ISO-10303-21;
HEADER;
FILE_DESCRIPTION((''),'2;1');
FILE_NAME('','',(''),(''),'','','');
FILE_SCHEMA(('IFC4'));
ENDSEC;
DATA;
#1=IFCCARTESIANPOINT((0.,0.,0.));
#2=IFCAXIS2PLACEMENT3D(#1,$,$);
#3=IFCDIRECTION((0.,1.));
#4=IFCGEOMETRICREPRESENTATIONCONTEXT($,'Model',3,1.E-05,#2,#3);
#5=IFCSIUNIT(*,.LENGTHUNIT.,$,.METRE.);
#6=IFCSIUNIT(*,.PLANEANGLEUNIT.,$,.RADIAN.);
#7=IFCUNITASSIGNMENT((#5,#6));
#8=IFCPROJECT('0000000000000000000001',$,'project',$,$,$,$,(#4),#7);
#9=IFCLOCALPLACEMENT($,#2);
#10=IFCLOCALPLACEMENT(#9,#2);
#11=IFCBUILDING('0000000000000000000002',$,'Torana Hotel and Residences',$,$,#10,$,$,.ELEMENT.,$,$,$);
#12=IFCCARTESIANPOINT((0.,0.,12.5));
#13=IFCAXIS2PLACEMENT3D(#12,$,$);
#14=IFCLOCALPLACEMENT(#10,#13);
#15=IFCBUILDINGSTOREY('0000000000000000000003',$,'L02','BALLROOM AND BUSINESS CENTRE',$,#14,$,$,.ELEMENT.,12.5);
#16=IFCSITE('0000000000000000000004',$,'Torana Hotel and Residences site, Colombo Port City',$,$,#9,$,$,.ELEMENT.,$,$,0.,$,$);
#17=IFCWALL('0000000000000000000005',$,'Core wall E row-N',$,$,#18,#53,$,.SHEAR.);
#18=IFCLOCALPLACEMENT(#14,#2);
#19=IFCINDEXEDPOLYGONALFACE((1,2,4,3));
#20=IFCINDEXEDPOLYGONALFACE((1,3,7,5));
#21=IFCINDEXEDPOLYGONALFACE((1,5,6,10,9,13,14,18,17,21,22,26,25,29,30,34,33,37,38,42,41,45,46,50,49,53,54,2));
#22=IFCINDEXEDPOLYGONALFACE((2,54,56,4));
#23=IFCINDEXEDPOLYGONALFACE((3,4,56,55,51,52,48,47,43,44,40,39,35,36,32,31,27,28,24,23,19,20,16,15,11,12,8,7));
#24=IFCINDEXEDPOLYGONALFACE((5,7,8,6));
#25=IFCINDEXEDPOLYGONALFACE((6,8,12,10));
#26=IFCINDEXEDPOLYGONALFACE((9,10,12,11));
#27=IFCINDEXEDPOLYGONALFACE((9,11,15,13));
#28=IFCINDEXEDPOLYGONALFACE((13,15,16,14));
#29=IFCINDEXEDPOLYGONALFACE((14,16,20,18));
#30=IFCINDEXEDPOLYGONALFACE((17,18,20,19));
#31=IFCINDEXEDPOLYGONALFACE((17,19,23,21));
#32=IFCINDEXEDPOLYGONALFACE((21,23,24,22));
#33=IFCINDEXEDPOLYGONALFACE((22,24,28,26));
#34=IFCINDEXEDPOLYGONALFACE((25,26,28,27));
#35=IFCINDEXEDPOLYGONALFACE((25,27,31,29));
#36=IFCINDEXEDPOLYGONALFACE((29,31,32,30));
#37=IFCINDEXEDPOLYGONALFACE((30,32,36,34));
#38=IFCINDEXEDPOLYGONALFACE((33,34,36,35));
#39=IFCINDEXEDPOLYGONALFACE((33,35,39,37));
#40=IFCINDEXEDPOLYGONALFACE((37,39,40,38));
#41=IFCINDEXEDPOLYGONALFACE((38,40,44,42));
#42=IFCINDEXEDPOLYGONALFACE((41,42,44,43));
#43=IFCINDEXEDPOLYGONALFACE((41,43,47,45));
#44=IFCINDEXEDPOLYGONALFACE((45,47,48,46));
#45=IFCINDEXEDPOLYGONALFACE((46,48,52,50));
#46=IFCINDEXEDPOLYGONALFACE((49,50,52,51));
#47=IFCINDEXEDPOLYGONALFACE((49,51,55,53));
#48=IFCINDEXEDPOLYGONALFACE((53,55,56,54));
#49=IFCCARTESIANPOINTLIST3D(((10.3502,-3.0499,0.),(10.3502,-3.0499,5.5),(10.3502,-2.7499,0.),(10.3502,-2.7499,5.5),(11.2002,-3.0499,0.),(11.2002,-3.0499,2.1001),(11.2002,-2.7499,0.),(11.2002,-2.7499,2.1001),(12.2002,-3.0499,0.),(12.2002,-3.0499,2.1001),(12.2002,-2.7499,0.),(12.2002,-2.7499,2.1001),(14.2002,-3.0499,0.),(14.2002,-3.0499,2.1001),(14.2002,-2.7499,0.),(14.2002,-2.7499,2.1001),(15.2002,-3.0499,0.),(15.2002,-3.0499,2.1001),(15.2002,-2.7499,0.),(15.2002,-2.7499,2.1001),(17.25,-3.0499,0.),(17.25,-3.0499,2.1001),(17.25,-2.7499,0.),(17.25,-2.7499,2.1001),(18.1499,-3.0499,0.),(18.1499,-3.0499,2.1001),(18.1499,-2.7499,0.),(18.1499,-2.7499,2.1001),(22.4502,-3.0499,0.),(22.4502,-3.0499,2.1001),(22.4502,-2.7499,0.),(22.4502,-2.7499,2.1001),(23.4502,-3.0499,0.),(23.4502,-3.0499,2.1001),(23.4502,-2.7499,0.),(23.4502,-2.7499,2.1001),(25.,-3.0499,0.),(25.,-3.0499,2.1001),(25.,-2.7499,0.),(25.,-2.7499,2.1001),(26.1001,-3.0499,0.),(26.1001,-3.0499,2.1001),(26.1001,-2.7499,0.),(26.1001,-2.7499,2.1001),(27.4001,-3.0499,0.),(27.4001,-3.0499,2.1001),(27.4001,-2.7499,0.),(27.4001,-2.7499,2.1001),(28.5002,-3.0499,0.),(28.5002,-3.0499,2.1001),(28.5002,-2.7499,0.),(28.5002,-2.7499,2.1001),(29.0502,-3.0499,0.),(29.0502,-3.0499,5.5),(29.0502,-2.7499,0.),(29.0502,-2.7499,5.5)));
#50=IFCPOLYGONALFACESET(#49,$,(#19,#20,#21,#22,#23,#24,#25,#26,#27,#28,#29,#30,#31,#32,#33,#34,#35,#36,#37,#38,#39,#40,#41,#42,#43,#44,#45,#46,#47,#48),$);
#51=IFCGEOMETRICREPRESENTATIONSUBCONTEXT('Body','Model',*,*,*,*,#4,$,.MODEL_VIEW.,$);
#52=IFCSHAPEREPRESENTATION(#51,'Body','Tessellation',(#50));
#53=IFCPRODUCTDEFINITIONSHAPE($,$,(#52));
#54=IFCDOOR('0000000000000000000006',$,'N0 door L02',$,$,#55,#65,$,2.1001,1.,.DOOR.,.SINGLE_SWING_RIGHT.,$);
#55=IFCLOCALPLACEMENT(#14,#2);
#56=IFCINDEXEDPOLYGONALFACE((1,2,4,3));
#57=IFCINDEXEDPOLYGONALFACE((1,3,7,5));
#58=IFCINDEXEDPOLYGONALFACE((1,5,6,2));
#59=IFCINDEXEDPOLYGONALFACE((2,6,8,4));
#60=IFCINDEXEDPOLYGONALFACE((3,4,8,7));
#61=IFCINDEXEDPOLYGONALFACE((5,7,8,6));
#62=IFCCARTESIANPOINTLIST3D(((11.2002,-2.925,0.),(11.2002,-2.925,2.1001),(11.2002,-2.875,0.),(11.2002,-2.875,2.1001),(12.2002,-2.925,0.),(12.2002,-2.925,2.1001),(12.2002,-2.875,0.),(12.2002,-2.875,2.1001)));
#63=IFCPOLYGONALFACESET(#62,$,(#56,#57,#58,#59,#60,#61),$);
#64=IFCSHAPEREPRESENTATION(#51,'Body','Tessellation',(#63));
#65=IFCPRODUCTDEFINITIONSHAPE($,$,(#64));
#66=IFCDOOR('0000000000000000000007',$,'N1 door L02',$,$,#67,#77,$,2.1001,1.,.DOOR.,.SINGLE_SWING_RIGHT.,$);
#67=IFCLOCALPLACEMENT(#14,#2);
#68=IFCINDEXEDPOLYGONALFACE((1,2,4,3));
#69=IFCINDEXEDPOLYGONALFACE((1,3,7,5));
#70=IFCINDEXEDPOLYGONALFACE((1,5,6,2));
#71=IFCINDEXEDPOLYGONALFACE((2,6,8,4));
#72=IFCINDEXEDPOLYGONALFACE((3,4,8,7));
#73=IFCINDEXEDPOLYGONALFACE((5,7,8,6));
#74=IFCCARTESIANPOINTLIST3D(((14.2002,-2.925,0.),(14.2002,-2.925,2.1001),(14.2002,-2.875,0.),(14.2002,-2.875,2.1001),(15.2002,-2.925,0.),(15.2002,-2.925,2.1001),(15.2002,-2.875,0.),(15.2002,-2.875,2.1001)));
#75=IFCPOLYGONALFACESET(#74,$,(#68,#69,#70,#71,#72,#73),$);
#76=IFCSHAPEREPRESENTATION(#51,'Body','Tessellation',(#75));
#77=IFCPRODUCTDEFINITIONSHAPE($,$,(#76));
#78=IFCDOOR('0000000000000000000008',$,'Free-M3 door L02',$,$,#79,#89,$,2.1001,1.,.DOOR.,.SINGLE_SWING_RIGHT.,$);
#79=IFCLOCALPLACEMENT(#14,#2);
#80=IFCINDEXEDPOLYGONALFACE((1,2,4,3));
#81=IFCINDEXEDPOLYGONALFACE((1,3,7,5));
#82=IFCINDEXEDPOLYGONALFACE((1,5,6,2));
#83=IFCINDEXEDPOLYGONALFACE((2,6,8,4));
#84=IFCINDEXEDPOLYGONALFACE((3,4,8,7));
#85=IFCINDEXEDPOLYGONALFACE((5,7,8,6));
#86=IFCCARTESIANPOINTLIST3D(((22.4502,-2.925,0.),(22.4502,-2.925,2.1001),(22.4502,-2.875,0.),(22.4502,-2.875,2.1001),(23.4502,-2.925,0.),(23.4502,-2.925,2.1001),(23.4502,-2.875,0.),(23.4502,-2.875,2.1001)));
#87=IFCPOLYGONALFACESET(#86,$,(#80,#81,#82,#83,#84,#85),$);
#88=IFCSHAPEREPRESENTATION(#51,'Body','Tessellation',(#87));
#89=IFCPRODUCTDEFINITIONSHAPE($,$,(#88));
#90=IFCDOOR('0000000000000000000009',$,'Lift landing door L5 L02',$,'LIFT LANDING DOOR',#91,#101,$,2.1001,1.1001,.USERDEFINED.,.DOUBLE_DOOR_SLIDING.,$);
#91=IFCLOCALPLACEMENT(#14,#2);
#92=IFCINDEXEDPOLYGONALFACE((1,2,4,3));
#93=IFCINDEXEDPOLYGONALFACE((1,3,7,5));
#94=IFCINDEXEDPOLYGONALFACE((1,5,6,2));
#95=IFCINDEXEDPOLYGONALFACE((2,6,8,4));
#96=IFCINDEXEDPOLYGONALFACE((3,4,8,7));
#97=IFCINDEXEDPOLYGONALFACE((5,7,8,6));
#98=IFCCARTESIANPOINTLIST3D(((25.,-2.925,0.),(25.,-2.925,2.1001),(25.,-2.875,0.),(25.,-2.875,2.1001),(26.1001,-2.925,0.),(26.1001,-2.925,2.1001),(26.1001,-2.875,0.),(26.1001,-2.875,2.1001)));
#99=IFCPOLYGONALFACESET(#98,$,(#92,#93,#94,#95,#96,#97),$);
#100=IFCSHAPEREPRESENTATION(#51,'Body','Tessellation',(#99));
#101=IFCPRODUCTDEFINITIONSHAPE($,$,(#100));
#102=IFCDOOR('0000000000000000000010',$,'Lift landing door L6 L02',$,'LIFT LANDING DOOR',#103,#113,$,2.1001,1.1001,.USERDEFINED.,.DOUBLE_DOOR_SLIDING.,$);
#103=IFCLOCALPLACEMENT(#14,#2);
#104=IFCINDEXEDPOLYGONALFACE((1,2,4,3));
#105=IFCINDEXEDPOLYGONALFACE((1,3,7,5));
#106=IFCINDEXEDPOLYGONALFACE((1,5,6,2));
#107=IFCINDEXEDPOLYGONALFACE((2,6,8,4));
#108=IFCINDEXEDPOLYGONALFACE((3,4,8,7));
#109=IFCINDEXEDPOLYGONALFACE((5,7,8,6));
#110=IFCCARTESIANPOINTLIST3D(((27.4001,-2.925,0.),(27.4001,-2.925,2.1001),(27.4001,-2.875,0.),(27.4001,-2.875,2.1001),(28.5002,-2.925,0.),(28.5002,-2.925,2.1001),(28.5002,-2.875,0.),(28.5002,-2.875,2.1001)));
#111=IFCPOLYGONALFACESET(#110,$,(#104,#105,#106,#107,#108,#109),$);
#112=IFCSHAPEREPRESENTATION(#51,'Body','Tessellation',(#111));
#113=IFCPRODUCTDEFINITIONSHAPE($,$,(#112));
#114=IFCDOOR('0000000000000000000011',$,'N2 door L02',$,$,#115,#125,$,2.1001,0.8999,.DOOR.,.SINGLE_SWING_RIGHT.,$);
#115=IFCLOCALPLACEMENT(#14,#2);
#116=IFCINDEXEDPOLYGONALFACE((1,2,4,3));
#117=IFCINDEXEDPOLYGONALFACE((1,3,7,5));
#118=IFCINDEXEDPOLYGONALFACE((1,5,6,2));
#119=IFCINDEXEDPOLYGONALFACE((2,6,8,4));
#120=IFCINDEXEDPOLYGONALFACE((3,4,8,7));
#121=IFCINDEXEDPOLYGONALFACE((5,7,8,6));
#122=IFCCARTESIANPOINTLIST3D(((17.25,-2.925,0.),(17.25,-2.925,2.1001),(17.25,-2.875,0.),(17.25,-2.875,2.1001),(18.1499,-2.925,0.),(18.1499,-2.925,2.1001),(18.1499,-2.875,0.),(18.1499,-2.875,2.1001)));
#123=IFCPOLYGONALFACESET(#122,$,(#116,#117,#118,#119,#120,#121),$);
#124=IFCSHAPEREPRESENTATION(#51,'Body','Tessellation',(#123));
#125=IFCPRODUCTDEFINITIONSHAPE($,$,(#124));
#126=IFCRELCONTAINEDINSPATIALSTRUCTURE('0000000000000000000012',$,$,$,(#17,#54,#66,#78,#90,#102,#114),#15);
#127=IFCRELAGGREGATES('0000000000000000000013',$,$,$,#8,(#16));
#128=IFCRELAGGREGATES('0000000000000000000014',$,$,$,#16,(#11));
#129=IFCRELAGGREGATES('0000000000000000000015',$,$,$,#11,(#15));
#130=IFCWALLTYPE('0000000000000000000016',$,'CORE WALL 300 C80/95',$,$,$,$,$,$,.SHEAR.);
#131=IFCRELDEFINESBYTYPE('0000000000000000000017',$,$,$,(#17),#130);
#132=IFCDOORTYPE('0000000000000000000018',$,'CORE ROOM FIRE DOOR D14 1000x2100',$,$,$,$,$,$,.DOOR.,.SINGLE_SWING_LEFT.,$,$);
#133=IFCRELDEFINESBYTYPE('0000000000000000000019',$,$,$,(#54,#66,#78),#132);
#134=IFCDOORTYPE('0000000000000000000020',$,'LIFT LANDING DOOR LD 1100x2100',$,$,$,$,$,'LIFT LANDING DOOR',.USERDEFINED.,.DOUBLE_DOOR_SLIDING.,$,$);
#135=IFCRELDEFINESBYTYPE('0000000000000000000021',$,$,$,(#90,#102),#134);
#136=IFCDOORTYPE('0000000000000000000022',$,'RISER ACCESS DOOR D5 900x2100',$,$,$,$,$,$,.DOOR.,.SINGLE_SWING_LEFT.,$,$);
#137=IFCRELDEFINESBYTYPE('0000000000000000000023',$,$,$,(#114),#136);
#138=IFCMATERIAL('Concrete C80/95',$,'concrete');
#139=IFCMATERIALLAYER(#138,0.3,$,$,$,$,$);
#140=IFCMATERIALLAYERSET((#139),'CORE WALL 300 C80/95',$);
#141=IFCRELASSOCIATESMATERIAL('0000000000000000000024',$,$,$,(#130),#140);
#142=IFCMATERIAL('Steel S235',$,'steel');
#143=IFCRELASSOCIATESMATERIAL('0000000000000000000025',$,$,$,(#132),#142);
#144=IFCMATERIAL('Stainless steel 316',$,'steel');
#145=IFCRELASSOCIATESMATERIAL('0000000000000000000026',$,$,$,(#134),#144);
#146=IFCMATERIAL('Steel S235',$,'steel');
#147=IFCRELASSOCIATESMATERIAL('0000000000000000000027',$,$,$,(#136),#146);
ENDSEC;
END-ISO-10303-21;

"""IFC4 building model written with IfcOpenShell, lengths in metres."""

from ifc_helpers import new_model, si_unit, direction, frame, frame_2d, origin, place, context, subcontext, project, spatial, rectangle, extrude, material, layer, layer_set, type_object, element, fill, save


model = new_model("IFC4")

# Units and contexts
model_context = context("Model", 3, precision=1e-05, world=origin(), true_north=direction((0.0, 1.0)))
body_context = subcontext(model_context, "Body", "Model", "MODEL_VIEW")
ifc_project = project(units=[si_unit("LENGTHUNIT", "METRE"), si_unit("PLANEANGLEUNIT", "RADIAN")], contexts=[model_context])

# Site, building, storey
site_placement = place(None, origin())
site = spatial("IfcSite", under=ifc_project, at=site_placement, Name="Torana Hotel and Residences site, Colombo Port City", CompositionType="ELEMENT", RefElevation=0.0)
building_placement = place(site_placement, origin())
building = spatial("IfcBuilding", under=site, at=building_placement, Name="Torana Hotel and Residences", CompositionType="ELEMENT")
storey_placement = place(building_placement, frame((0.0, 0.0, 12.5)))
storey = spatial("IfcBuildingStorey", under=building, at=storey_placement, Name="L02", Description="BALLROOM AND BUSINESS CENTRE", CompositionType="ELEMENT", Elevation=12.5)

# Wall, openings, doors
ifc_material_1 = material(Name="Concrete C80/95", Category="concrete")
ifc_layer_1 = layer(ifc_material_1, 0.3)
ifc_layer_set_1 = layer_set([ifc_layer_1], Name="CORE WALL 300 C80/95")
wall_type_1 = type_object("IfcWallType", Name="CORE WALL 300 C80/95", PredefinedType="SHEAR", material=ifc_layer_set_1)
wall_1_placement = place(storey_placement, frame((10.3501, -2.8999, 0.0), z_axis=(0.0, 0.0, 1.0), x_axis=(1.0, 0.0, 0.0)))
wall_1 = element("IfcWall", 1, at=wall_1_placement, inside=storey, type_object=wall_type_1, Name="Core wall E row-N", PredefinedType="SHEAR", context=body_context, shape_type="SweptSolid", body=[
    extrude(rectangle(XDim=18.7, YDim=0.3, at=frame_2d((9.3501, 0.0))), origin(), (0.0, 0.0, 1.0), 5.5),
])
opening_1_placement = place(wall_1_placement, frame((14.6499, 0.0, 0.0)))
opening_1 = element("IfcOpeningElement", 2, at=opening_1_placement, cuts=wall_1, PredefinedType="OPENING", context=body_context, shape_type="SweptSolid", body=[
    extrude(rectangle(XDim=1.1001, YDim=2.1001, at=frame_2d((0.55, 1.05))), frame((0.0, 0.1599, 0.0), z_axis=(0.0, -1.0, 0.0), x_axis=(1.0, 0.0, 0.0)), (0.0, 0.0, 1.0), 0.3201),
])
opening_2_placement = place(wall_1_placement, frame((17.05, 0.0, 0.0)))
opening_2 = element("IfcOpeningElement", 3, at=opening_2_placement, cuts=wall_1, PredefinedType="OPENING", context=body_context, shape_type="SweptSolid", body=[
    extrude(rectangle(XDim=1.1001, YDim=2.1001, at=frame_2d((0.55, 1.05))), frame((0.0, 0.1599, 0.0), z_axis=(0.0, -1.0, 0.0), x_axis=(1.0, 0.0, 0.0)), (0.0, 0.0, 1.0), 0.3201),
])
opening_3_placement = place(wall_1_placement, frame((6.8999, 0.0, 0.0)))
opening_3 = element("IfcOpeningElement", 4, at=opening_3_placement, cuts=wall_1, PredefinedType="OPENING", context=body_context, shape_type="SweptSolid", body=[
    extrude(rectangle(XDim=0.8999, YDim=2.1001, at=frame_2d((0.45, 1.05))), frame((0.0, 0.1599, 0.0), z_axis=(0.0, -1.0, 0.0), x_axis=(1.0, 0.0, 0.0)), (0.0, 0.0, 1.0), 0.3201),
])
opening_4_placement = place(wall_1_placement, frame((0.8501, 0.0, 0.0)))
opening_4 = element("IfcOpeningElement", 5, at=opening_4_placement, cuts=wall_1, PredefinedType="OPENING", context=body_context, shape_type="SweptSolid", body=[
    extrude(rectangle(XDim=1.0, YDim=2.1001, at=frame_2d((0.5, 1.05))), frame((0.0, 0.1599, 0.0), z_axis=(0.0, -1.0, 0.0), x_axis=(1.0, 0.0, 0.0)), (0.0, 0.0, 1.0), 0.3201),
])
opening_5_placement = place(wall_1_placement, frame((3.8501, 0.0, 0.0)))
opening_5 = element("IfcOpeningElement", 6, at=opening_5_placement, cuts=wall_1, PredefinedType="OPENING", context=body_context, shape_type="SweptSolid", body=[
    extrude(rectangle(XDim=1.0, YDim=2.1001, at=frame_2d((0.5, 1.05))), frame((0.0, 0.1599, 0.0), z_axis=(0.0, -1.0, 0.0), x_axis=(1.0, 0.0, 0.0)), (0.0, 0.0, 1.0), 0.3201),
])
opening_6_placement = place(wall_1_placement, frame((12.1001, 0.0, 0.0)))
opening_6 = element("IfcOpeningElement", 7, at=opening_6_placement, cuts=wall_1, PredefinedType="OPENING", context=body_context, shape_type="SweptSolid", body=[
    extrude(rectangle(XDim=1.0, YDim=2.1001, at=frame_2d((0.5, 1.05))), frame((0.0, 0.1599, 0.0), z_axis=(0.0, -1.0, 0.0), x_axis=(1.0, 0.0, 0.0)), (0.0, 0.0, 1.0), 0.3201),
])
ifc_material_2 = material(Name="Steel S235", Category="steel")
door_type_1 = type_object("IfcDoorType", Name="CORE ROOM FIRE DOOR D14 1000x2100", OperationType="SINGLE_SWING_LEFT", PredefinedType="DOOR", material=ifc_material_2)
door_1_placement = place(opening_4_placement, origin())
door_1 = element("IfcDoor", 8, at=door_1_placement, inside=storey, type_object=door_type_1, Name="N0 door L02", OperationType="SINGLE_SWING_RIGHT", OverallHeight=2.1001, OverallWidth=1.0, PredefinedType="DOOR", context=body_context, shape_type="SweptSolid", body=[
    extrude(rectangle(XDim=1.0, YDim=2.1001, at=frame_2d((0.5, 1.05))), frame((0.0, 0.0249, 0.0), z_axis=(0.0, -1.0, 0.0), x_axis=(1.0, 0.0, 0.0)), (0.0, 0.0, 1.0), 0.05),
])
fill(opening_4, door_1)
door_2_placement = place(opening_5_placement, origin())
door_2 = element("IfcDoor", 9, at=door_2_placement, inside=storey, type_object=door_type_1, Name="N1 door L02", OperationType="SINGLE_SWING_RIGHT", OverallHeight=2.1001, OverallWidth=1.0, PredefinedType="DOOR", context=body_context, shape_type="SweptSolid", body=[
    extrude(rectangle(XDim=1.0, YDim=2.1001, at=frame_2d((0.5, 1.05))), frame((0.0, 0.0249, 0.0), z_axis=(0.0, -1.0, 0.0), x_axis=(1.0, 0.0, 0.0)), (0.0, 0.0, 1.0), 0.05),
])
fill(opening_5, door_2)
door_3_placement = place(opening_6_placement, origin())
door_3 = element("IfcDoor", 10, at=door_3_placement, inside=storey, type_object=door_type_1, Name="Free-M3 door L02", OperationType="SINGLE_SWING_RIGHT", OverallHeight=2.1001, OverallWidth=1.0, PredefinedType="DOOR", context=body_context, shape_type="SweptSolid", body=[
    extrude(rectangle(XDim=1.0, YDim=2.1001, at=frame_2d((0.5, 1.05))), frame((0.0, 0.0249, 0.0), z_axis=(0.0, -1.0, 0.0), x_axis=(1.0, 0.0, 0.0)), (0.0, 0.0, 1.0), 0.05),
])
fill(opening_6, door_3)
ifc_material_3 = material(Name="Stainless steel 316", Category="steel")
door_type_2 = type_object("IfcDoorType", Name="LIFT LANDING DOOR LD 1100x2100", ElementType="LIFT LANDING DOOR", OperationType="DOUBLE_DOOR_SLIDING", PredefinedType="USERDEFINED", material=ifc_material_3)
door_4_placement = place(opening_1_placement, origin())
door_4 = element("IfcDoor", 11, at=door_4_placement, inside=storey, type_object=door_type_2, Name="Lift landing door L5 L02", ObjectType="LIFT LANDING DOOR", OperationType="DOUBLE_DOOR_SLIDING", OverallHeight=2.1001, OverallWidth=1.1001, PredefinedType="USERDEFINED", context=body_context, shape_type="SweptSolid", body=[
    extrude(rectangle(XDim=1.1001, YDim=2.1001, at=frame_2d((0.55, 1.05))), frame((0.0, 0.0249, 0.0), z_axis=(0.0, -1.0, 0.0), x_axis=(1.0, 0.0, 0.0)), (0.0, 0.0, 1.0), 0.05),
])
fill(opening_1, door_4)
door_5_placement = place(opening_2_placement, origin())
door_5 = element("IfcDoor", 12, at=door_5_placement, inside=storey, type_object=door_type_2, Name="Lift landing door L6 L02", ObjectType="LIFT LANDING DOOR", OperationType="DOUBLE_DOOR_SLIDING", OverallHeight=2.1001, OverallWidth=1.1001, PredefinedType="USERDEFINED", context=body_context, shape_type="SweptSolid", body=[
    extrude(rectangle(XDim=1.1001, YDim=2.1001, at=frame_2d((0.55, 1.05))), frame((0.0, 0.0249, 0.0), z_axis=(0.0, -1.0, 0.0), x_axis=(1.0, 0.0, 0.0)), (0.0, 0.0, 1.0), 0.05),
])
fill(opening_2, door_5)
ifc_material_4 = material(Name="Steel S235", Category="steel")
door_type_3 = type_object("IfcDoorType", Name="RISER ACCESS DOOR D5 900x2100", OperationType="SINGLE_SWING_LEFT", PredefinedType="DOOR", material=ifc_material_4)
door_6_placement = place(opening_3_placement, origin())
door_6 = element("IfcDoor", 13, at=door_6_placement, inside=storey, type_object=door_type_3, Name="N2 door L02", OperationType="SINGLE_SWING_RIGHT", OverallHeight=2.1001, OverallWidth=0.8999, PredefinedType="DOOR", context=body_context, shape_type="SweptSolid", body=[
    extrude(rectangle(XDim=0.8999, YDim=2.1001, at=frame_2d((0.45, 1.05))), frame((0.0, 0.0249, 0.0), z_axis=(0.0, -1.0, 0.0), x_axis=(1.0, 0.0, 0.0)), (0.0, 0.0, 1.0), 0.05),
])
fill(opening_3, door_6)

save(model, "model.ifc")
